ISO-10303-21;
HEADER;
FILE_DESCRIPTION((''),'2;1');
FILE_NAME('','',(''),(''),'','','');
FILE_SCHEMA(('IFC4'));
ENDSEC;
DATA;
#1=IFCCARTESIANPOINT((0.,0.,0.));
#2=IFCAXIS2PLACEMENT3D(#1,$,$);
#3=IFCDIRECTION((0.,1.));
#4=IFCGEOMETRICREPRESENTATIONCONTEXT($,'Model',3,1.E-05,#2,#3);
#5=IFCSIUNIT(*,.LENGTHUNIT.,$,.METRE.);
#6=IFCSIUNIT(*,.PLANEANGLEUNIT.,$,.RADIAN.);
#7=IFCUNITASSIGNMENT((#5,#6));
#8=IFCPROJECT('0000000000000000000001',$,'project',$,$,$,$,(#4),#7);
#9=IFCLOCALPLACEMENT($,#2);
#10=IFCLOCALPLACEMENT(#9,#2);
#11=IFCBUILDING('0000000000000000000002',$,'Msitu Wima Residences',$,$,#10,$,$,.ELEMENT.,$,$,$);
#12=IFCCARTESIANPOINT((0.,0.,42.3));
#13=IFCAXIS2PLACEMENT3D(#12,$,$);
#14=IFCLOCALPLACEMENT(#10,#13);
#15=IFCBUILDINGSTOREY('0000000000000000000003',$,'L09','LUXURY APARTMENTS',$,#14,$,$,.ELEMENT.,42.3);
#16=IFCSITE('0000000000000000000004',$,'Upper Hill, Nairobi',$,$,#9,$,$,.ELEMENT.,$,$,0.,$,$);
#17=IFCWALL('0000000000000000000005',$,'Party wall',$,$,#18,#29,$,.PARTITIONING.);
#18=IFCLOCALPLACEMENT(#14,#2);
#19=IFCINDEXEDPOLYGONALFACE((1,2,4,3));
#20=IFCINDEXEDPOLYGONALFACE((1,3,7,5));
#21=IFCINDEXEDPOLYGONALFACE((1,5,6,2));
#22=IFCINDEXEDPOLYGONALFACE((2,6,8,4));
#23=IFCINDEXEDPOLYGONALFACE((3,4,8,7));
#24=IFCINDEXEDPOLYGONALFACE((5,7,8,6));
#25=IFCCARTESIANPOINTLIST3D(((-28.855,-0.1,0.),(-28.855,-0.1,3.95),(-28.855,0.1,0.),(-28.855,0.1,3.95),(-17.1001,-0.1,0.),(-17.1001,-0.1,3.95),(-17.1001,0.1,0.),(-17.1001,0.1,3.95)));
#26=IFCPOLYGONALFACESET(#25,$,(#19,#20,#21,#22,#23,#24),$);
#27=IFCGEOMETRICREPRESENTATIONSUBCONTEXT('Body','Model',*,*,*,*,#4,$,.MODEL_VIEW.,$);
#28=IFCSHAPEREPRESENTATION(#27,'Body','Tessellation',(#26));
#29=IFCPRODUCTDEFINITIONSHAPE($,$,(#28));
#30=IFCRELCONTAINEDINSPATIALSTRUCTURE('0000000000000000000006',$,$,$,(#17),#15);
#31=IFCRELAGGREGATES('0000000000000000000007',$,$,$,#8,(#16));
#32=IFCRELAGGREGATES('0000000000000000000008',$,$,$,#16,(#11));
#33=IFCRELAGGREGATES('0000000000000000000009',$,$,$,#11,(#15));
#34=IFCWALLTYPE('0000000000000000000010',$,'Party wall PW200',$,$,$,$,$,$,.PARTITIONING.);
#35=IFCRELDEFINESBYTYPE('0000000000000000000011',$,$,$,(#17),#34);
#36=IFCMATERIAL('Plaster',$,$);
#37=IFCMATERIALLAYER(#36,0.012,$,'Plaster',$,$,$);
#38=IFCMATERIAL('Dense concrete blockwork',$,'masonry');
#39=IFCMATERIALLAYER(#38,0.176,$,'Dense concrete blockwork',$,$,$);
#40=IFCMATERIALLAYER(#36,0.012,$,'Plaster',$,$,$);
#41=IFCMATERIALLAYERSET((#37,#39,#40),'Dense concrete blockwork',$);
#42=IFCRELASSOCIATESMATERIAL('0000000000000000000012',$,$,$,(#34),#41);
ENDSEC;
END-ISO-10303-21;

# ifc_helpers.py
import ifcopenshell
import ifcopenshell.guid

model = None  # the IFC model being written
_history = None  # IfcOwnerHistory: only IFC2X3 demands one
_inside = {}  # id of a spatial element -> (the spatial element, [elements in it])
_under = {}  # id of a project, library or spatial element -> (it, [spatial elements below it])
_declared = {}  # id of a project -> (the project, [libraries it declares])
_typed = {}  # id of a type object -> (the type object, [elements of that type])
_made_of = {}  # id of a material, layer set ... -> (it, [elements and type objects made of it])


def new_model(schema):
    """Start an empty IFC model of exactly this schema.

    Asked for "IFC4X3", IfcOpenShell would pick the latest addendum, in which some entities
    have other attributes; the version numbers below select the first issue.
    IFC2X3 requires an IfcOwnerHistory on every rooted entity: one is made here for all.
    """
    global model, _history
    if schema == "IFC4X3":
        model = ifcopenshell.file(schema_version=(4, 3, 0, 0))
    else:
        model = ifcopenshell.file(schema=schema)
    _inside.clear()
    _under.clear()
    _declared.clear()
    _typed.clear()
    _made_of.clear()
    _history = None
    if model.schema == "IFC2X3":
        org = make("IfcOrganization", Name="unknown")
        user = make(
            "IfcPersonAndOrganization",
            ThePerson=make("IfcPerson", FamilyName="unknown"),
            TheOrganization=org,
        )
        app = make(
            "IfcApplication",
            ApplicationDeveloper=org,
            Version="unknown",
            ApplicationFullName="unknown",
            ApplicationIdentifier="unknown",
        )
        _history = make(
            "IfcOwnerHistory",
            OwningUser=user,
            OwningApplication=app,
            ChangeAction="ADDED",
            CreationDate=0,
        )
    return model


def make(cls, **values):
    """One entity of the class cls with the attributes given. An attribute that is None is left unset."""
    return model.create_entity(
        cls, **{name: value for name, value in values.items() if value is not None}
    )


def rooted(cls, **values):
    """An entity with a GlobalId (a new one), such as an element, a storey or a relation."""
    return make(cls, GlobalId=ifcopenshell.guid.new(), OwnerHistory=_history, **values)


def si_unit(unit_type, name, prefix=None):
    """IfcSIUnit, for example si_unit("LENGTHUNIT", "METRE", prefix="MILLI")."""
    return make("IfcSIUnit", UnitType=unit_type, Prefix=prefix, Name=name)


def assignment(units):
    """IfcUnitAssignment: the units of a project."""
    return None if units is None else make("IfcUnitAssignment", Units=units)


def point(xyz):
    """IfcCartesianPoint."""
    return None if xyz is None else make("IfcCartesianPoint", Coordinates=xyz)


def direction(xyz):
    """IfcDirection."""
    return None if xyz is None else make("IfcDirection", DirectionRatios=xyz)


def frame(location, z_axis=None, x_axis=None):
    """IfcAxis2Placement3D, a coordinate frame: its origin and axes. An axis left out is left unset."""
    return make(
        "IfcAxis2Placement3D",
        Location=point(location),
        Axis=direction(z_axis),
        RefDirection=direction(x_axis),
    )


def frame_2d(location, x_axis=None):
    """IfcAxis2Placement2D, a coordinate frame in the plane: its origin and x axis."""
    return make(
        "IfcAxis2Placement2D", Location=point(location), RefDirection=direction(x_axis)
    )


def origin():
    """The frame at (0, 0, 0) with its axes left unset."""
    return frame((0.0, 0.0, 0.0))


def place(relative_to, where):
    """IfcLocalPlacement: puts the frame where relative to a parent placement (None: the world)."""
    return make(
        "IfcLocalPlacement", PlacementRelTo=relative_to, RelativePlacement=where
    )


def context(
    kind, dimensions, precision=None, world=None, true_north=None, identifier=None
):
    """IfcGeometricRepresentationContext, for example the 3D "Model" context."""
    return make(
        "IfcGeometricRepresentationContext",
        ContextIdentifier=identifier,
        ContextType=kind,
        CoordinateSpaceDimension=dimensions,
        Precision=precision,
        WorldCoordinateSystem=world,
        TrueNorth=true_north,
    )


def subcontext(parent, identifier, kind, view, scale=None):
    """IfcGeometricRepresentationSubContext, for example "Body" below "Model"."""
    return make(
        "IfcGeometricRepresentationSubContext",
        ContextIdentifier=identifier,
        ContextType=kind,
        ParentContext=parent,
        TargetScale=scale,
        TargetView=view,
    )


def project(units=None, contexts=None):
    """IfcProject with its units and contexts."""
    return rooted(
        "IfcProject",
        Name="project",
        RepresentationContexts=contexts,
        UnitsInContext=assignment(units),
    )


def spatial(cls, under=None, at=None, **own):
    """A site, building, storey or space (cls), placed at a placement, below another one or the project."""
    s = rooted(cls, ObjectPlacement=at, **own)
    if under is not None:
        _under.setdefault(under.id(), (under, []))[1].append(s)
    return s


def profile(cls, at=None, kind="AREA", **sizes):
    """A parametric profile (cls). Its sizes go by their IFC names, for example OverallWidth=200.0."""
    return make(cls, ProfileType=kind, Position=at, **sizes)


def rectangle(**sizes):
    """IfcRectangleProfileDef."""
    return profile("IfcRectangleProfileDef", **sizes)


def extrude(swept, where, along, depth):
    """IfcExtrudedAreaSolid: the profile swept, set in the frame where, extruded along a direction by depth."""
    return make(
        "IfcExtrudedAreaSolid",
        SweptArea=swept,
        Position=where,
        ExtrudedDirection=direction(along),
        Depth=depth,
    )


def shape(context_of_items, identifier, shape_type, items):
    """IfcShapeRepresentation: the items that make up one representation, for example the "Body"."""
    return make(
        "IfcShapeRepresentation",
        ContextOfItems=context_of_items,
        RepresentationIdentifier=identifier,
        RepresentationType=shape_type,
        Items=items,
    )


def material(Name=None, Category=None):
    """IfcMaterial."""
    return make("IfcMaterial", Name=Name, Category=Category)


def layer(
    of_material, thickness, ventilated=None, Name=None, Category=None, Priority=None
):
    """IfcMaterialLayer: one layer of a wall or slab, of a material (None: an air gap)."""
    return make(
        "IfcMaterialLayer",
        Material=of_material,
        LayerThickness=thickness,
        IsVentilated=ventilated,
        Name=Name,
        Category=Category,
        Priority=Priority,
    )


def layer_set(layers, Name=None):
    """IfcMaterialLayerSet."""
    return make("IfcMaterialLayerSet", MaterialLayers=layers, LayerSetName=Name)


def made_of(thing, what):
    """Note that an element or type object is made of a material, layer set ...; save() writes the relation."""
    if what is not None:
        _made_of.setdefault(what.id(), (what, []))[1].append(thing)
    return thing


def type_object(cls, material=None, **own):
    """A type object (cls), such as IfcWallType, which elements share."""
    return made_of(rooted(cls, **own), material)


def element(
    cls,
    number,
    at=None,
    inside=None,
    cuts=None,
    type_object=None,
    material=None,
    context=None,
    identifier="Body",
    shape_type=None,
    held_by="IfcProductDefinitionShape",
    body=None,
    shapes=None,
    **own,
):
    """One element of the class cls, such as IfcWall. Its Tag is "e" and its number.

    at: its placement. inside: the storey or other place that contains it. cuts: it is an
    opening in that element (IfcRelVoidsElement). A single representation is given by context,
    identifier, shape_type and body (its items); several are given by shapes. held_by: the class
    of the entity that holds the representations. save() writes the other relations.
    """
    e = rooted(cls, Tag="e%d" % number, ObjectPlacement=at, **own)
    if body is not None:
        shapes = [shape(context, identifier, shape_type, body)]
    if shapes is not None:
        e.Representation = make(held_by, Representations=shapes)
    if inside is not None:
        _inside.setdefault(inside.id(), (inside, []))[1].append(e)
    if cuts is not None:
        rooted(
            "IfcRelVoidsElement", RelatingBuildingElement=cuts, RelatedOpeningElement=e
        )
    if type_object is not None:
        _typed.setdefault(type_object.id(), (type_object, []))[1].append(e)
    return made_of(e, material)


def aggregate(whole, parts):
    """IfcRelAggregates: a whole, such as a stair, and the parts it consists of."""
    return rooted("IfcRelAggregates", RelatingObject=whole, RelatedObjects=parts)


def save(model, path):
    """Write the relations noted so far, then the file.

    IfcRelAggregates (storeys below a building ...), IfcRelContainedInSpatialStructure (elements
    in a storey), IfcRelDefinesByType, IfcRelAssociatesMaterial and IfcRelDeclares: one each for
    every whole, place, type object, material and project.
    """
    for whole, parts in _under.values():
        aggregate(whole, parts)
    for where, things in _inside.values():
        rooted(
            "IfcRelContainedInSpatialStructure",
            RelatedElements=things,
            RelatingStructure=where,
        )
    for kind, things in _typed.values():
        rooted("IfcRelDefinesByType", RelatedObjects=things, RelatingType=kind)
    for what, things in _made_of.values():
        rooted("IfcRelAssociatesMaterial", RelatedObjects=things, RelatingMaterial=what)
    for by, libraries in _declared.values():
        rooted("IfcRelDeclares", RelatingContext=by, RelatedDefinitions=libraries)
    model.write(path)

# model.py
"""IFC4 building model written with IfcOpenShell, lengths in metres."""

from ifc_helpers import new_model, si_unit, direction, frame, frame_2d, origin, place, context, subcontext, project, spatial, rectangle, extrude, material, layer, layer_set, type_object, element, save


model = new_model("IFC4")

# Units and contexts
model_context = context("Model", 3, precision=1e-05, world=origin(), true_north=direction((0.0, 1.0)))
body_context = subcontext(model_context, "Body", "Model", "MODEL_VIEW")
ifc_project = project(units=[si_unit("LENGTHUNIT", "METRE"), si_unit("PLANEANGLEUNIT", "RADIAN")], contexts=[model_context])

# Site, building, storey
site_placement = place(None, origin())
site = spatial("IfcSite", under=ifc_project, at=site_placement, Name="Upper Hill, Nairobi", CompositionType="ELEMENT", RefElevation=0.0)
building_placement = place(site_placement, origin())
building = spatial("IfcBuilding", under=site, at=building_placement, Name="Msitu Wima Residences", CompositionType="ELEMENT")
storey_placement = place(building_placement, frame((0.0, 0.0, 42.3)))
storey = spatial("IfcBuildingStorey", under=building, at=storey_placement, Name="L09", Description="LUXURY APARTMENTS", CompositionType="ELEMENT", Elevation=42.3)

# Shared definitions
ifc_material_1 = material(Name="Plaster")

# Wall
ifc_layer_1 = layer(ifc_material_1, 0.012, Name="Plaster")
ifc_material_2 = material(Name="Dense concrete blockwork", Category="masonry")
ifc_layer_2 = layer(ifc_material_2, 0.176, Name="Dense concrete blockwork")
ifc_layer_3 = layer(ifc_material_1, 0.012, Name="Plaster")
ifc_layer_set_1 = layer_set([ifc_layer_1, ifc_layer_2, ifc_layer_3], Name="Dense concrete blockwork")
wall_type_1 = type_object("IfcWallType", Name="Party wall PW200", PredefinedType="PARTITIONING", material=ifc_layer_set_1)
wall_1_placement = place(storey_placement, frame((-28.855, 0.0, 0.0), z_axis=(0.0, 0.0, 1.0), x_axis=(1.0, 0.0, 0.0)))
element("IfcWall", 1, at=wall_1_placement, inside=storey, type_object=wall_type_1, Name="Party wall", PredefinedType="PARTITIONING", context=body_context, shape_type="SweptSolid", body=[
    extrude(rectangle(XDim=11.7549, YDim=0.2, at=frame_2d((5.8774, 0.0))), origin(), (0.0, 0.0, 1.0), 3.95),
])

save(model, "model.ifc")
